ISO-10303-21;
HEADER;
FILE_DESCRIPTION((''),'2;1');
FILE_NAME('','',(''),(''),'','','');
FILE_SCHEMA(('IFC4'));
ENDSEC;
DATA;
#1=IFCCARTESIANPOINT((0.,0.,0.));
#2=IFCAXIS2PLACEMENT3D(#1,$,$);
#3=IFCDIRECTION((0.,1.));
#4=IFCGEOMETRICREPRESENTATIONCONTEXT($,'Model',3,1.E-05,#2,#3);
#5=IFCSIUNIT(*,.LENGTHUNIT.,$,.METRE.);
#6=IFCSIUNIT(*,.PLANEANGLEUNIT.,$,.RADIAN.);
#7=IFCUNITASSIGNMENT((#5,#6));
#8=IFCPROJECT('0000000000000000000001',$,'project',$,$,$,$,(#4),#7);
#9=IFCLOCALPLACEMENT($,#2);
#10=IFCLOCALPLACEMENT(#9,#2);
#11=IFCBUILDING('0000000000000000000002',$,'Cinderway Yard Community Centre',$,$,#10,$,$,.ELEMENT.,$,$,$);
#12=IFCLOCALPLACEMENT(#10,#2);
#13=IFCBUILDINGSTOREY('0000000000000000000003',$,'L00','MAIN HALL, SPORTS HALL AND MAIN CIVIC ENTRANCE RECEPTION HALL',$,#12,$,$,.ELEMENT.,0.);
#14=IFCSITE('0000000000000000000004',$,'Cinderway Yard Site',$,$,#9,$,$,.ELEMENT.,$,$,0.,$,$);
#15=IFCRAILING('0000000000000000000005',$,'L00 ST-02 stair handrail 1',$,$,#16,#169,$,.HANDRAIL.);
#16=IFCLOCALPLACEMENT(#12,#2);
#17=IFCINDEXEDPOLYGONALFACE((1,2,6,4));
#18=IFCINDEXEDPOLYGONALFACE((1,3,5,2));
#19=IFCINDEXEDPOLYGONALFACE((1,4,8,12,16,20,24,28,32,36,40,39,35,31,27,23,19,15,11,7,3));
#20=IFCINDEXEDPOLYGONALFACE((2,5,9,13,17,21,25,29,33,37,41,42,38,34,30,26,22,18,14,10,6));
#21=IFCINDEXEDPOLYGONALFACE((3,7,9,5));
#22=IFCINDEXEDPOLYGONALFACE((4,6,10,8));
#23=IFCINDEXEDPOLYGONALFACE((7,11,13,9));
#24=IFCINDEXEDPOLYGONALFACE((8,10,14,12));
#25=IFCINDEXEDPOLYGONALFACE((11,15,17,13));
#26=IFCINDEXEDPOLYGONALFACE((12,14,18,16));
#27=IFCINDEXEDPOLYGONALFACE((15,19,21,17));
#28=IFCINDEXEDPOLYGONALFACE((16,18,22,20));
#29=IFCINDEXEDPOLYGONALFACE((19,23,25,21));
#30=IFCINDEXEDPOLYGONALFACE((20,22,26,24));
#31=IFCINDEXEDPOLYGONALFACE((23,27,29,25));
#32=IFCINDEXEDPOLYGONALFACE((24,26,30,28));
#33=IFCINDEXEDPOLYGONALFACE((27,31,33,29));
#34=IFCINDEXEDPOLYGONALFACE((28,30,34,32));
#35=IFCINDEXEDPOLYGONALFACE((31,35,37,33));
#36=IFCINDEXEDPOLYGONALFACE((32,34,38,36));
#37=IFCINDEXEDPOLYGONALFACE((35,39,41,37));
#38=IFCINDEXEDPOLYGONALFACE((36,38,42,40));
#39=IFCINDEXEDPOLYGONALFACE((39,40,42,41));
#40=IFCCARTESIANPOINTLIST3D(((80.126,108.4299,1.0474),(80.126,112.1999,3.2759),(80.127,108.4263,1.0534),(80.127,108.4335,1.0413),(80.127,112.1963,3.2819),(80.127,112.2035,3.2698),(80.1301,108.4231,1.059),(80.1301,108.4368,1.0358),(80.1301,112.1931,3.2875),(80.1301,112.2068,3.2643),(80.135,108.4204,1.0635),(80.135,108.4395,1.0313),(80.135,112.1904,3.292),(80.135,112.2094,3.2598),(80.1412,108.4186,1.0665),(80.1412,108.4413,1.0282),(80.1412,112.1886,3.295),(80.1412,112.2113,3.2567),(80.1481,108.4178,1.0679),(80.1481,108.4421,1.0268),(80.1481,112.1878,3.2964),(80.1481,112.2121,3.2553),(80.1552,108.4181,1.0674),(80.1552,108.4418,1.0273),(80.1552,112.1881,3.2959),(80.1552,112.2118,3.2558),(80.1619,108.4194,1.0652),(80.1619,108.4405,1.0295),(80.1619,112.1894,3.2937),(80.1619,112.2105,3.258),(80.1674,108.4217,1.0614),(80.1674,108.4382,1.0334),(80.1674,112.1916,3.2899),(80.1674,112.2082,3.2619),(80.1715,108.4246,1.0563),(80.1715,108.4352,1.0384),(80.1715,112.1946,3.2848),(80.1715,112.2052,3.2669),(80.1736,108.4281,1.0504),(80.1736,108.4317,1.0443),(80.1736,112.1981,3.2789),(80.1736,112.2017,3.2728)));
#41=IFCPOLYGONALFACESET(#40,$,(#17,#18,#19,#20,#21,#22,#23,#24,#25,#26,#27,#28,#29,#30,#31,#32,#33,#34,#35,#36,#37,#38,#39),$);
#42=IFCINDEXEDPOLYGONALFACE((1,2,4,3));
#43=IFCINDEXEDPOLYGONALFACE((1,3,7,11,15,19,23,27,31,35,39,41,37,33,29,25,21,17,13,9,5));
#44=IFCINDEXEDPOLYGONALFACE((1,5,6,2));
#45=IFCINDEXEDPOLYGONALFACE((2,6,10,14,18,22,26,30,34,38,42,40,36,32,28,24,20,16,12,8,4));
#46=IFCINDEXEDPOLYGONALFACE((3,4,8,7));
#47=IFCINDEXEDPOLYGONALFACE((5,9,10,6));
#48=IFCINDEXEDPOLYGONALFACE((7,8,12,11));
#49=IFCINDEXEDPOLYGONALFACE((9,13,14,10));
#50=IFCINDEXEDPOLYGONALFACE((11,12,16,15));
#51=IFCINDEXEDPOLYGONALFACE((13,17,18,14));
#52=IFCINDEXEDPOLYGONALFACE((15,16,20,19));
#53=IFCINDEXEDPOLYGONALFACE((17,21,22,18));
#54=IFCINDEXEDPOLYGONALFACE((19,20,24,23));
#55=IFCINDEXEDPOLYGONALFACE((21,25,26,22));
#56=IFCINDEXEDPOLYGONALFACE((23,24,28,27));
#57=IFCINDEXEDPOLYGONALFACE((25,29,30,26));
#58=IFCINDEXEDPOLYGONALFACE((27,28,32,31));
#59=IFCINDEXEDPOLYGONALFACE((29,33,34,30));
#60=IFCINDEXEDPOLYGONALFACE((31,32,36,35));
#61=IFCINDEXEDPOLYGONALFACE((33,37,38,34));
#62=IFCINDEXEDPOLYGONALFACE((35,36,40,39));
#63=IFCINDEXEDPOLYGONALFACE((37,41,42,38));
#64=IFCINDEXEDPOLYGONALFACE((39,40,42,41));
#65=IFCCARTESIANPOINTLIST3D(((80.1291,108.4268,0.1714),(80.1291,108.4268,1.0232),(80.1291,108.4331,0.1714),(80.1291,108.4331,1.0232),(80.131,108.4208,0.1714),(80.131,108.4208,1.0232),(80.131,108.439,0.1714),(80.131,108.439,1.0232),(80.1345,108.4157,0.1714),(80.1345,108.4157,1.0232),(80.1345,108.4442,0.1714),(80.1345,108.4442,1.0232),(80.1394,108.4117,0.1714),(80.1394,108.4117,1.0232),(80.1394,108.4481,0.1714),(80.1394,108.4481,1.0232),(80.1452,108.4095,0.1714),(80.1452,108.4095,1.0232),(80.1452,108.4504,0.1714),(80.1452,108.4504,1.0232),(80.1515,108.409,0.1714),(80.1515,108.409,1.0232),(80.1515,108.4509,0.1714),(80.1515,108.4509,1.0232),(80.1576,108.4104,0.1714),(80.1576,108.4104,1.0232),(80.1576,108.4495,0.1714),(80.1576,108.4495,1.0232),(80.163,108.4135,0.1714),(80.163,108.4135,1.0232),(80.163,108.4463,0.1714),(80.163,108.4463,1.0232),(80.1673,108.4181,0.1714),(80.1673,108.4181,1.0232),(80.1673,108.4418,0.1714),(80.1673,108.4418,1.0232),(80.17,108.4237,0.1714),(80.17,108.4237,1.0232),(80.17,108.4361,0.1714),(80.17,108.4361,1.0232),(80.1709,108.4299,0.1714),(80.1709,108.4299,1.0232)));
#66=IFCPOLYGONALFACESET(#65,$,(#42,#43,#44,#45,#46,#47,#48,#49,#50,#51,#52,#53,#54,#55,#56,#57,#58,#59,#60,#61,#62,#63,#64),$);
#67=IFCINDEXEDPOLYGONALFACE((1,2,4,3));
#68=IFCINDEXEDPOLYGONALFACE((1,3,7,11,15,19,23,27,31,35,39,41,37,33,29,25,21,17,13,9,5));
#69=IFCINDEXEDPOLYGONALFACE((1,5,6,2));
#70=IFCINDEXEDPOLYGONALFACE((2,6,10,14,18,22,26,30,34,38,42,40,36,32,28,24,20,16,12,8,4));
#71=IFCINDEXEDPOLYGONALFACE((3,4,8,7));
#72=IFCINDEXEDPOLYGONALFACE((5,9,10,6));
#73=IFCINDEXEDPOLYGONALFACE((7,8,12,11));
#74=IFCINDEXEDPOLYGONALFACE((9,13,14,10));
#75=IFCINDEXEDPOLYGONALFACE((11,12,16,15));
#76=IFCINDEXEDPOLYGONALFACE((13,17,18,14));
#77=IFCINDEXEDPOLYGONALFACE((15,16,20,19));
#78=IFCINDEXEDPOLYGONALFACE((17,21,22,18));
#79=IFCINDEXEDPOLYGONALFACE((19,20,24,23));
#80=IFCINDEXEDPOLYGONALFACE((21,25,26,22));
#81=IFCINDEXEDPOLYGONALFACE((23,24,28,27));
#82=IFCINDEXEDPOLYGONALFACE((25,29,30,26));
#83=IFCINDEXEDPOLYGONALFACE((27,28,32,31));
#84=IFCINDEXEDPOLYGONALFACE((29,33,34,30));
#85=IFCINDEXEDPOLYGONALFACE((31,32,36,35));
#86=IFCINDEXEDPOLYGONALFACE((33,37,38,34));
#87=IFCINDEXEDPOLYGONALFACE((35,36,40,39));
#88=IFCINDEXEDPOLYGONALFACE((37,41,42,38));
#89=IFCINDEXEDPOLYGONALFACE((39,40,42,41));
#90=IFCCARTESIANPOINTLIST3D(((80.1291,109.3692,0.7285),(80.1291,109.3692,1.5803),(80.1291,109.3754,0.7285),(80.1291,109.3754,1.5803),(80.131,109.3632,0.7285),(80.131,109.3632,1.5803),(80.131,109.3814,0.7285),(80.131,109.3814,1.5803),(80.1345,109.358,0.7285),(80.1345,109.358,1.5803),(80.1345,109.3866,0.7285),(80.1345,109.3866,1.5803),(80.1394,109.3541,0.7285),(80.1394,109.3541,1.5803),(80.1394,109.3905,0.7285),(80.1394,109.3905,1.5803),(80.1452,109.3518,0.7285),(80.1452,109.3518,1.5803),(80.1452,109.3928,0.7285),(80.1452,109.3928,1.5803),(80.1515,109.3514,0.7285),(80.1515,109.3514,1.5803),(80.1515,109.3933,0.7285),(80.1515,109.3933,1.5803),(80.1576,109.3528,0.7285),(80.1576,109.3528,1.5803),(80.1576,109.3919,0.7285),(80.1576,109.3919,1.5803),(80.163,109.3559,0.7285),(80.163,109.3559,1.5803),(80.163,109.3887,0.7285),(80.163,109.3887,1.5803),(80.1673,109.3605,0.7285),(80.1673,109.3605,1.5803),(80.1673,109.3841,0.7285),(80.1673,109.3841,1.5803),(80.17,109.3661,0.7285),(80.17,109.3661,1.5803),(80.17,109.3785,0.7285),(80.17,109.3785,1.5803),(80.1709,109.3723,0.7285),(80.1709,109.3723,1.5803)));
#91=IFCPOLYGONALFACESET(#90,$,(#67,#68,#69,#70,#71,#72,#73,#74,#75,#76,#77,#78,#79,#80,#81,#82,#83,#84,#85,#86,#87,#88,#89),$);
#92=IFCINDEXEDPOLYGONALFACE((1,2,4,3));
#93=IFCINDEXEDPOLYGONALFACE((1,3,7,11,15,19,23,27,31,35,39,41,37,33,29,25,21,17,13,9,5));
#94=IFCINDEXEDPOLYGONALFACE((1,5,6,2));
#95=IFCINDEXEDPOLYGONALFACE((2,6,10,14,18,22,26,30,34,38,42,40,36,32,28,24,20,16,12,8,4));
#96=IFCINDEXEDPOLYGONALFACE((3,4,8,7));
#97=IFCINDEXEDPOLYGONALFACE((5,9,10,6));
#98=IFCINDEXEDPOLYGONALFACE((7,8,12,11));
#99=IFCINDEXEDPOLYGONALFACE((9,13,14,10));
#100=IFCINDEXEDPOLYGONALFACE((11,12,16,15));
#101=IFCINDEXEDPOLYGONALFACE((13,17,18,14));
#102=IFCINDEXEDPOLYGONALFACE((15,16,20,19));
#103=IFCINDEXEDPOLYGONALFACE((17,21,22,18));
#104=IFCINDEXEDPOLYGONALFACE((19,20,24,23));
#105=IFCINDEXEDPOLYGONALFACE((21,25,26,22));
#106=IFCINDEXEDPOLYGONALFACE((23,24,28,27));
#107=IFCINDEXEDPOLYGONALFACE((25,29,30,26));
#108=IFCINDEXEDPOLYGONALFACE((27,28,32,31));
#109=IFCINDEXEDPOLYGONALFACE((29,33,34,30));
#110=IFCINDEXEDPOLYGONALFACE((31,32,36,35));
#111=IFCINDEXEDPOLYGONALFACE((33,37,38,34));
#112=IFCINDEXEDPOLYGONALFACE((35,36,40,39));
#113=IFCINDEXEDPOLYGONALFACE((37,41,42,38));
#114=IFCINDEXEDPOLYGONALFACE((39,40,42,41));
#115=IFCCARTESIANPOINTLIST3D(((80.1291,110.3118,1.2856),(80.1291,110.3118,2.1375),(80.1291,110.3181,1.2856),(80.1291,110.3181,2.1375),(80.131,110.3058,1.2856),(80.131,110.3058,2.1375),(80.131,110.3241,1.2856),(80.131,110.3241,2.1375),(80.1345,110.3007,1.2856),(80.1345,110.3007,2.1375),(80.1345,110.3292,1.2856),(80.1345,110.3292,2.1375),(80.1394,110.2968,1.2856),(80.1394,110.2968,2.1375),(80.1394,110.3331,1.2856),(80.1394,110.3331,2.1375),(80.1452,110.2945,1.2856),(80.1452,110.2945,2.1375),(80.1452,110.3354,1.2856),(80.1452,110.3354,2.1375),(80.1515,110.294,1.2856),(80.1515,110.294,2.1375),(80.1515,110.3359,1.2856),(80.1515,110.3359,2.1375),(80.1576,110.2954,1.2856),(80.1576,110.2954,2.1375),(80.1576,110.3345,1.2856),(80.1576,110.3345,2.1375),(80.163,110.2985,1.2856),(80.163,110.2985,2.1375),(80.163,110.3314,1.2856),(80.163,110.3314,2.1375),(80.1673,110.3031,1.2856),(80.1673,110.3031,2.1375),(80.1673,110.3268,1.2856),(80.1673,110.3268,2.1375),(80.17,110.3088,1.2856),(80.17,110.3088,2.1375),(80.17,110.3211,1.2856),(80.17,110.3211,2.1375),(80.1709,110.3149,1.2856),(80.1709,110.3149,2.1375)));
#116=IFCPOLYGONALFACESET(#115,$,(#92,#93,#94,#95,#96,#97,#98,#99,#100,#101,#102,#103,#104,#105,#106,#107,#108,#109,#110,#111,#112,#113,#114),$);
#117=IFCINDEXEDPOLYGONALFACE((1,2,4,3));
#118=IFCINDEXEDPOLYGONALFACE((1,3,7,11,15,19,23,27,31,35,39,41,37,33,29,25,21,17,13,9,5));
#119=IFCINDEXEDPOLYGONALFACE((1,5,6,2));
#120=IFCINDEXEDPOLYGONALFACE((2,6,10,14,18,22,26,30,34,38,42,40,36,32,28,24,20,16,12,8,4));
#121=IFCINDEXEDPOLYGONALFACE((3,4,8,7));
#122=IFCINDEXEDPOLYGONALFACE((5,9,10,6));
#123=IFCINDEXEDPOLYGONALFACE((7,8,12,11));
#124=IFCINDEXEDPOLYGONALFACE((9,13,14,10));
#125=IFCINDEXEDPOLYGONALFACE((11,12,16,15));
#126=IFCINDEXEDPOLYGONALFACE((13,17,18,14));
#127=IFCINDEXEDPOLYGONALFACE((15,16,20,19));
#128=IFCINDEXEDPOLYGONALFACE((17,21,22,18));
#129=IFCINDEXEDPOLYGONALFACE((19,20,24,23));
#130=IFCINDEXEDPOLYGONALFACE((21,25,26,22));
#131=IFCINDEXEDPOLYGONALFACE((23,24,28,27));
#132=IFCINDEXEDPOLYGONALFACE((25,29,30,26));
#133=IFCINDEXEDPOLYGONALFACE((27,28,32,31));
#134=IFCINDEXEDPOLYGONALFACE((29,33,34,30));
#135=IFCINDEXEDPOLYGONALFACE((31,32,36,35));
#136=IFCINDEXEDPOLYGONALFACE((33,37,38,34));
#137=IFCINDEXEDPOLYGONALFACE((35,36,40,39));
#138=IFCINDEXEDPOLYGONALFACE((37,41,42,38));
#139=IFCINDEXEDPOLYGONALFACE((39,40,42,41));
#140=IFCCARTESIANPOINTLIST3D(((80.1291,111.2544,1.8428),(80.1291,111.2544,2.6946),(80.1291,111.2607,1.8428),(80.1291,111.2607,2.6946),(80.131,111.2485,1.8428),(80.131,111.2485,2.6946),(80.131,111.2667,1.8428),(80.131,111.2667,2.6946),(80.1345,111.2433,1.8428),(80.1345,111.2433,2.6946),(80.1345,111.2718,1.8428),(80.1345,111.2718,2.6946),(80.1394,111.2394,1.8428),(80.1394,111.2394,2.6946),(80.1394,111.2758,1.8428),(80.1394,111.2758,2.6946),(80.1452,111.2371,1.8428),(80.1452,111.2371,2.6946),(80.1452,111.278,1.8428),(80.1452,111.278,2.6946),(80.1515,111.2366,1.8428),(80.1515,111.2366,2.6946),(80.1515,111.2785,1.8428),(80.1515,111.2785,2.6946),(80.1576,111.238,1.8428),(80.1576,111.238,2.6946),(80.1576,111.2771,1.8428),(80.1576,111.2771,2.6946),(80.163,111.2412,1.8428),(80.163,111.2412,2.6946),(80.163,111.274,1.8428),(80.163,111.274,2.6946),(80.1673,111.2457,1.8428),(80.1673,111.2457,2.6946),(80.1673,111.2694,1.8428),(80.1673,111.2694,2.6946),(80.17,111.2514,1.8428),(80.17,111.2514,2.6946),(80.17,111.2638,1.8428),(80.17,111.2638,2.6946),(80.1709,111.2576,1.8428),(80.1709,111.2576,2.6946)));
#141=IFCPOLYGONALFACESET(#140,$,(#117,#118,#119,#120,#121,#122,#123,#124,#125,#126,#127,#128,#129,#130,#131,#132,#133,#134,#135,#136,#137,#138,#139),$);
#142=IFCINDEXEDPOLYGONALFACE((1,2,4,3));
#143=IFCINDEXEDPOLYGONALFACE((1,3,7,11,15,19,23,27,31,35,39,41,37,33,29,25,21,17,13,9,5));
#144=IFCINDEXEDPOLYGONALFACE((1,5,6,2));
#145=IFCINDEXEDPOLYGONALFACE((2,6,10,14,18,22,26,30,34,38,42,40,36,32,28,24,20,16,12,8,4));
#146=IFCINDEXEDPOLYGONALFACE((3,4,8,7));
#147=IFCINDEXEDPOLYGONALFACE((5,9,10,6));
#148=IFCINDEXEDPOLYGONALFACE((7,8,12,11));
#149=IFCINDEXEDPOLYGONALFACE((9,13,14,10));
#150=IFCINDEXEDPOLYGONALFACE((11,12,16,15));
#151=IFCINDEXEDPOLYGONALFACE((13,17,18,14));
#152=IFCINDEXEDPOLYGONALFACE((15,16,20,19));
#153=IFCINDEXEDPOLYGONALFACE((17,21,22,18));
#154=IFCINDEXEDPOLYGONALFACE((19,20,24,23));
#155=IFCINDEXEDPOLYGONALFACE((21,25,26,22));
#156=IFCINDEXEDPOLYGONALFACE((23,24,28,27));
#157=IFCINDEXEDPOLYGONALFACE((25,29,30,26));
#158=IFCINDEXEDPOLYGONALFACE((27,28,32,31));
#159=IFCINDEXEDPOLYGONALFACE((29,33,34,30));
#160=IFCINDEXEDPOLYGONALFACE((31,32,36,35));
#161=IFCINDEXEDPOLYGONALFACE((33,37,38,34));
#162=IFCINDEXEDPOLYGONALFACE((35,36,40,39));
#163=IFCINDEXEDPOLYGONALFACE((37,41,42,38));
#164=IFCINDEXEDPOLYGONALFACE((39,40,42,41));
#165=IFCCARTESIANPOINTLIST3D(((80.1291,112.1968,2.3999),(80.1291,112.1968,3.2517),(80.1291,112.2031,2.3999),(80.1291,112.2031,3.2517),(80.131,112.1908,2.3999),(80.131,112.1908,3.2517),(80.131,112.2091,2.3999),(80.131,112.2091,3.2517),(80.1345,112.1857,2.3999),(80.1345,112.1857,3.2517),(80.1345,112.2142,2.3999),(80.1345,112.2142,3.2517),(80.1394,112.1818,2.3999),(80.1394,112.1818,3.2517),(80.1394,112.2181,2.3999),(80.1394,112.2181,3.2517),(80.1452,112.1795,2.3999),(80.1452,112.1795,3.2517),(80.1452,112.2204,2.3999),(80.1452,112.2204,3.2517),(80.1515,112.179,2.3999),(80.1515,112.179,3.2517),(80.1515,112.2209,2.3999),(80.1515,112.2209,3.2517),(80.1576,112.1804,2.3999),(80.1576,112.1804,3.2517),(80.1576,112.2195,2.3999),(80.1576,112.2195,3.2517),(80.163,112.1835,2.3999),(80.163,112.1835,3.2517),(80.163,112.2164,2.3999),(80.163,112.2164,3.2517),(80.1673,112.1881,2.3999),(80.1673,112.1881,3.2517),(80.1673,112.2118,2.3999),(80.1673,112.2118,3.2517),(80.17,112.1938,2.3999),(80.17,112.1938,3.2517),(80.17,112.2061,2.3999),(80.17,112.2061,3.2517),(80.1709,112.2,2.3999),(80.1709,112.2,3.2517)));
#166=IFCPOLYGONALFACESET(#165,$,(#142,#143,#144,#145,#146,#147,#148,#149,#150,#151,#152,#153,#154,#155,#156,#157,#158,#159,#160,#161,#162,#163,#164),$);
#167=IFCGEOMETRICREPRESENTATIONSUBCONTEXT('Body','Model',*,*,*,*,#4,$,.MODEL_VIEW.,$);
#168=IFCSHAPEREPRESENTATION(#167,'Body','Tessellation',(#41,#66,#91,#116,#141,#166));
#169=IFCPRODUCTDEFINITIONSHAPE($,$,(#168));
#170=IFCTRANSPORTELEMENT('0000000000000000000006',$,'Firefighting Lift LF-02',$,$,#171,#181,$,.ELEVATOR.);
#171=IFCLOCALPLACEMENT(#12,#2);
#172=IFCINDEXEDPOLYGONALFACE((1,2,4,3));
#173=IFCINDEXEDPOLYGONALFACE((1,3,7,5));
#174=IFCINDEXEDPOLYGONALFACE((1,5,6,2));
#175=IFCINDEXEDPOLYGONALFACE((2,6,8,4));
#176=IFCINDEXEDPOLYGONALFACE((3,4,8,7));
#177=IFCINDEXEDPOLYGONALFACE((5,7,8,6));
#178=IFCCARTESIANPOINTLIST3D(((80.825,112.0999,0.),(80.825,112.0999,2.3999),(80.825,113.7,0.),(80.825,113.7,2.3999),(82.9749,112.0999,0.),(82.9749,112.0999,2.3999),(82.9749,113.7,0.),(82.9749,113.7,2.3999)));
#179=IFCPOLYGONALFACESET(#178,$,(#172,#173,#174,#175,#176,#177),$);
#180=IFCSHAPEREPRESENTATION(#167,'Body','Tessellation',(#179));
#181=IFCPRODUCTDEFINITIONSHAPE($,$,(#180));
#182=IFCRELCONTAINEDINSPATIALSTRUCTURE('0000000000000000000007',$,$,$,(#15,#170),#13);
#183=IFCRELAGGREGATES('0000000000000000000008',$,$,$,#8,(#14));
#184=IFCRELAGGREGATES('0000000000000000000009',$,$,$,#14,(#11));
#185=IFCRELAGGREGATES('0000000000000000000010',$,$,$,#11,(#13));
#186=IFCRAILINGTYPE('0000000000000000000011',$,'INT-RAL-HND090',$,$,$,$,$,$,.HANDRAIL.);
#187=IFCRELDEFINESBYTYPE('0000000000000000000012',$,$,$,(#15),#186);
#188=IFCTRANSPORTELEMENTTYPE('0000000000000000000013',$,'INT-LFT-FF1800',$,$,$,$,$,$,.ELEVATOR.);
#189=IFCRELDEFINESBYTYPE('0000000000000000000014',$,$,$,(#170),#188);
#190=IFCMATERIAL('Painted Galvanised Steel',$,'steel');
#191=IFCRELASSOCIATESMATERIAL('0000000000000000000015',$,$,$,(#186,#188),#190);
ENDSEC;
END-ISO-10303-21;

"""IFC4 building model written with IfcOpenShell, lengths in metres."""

from ifc_helpers import new_model, si_unit, direction, frame, origin, origin_2d, place, context, subcontext, project, spatial, rectangle, circle, extrude, material, type_object, element, save


model = new_model("IFC4")

# Units and contexts
model_context = context("Model", 3, precision=1e-05, world=origin(), true_north=direction((0.0, 1.0)))
body_context = subcontext(model_context, "Body", "Model", "MODEL_VIEW")
ifc_project = project(units=[si_unit("LENGTHUNIT", "METRE"), si_unit("PLANEANGLEUNIT", "RADIAN")], contexts=[model_context])

# Site, building, storey
site_placement = place(None, origin())
site = spatial("IfcSite", under=ifc_project, at=site_placement, Name="Cinderway Yard Site", CompositionType="ELEMENT", RefElevation=0.0)
building_placement = place(site_placement, origin())
building = spatial("IfcBuilding", under=site, at=building_placement, Name="Cinderway Yard Community Centre", CompositionType="ELEMENT")
storey_placement = place(building_placement, origin())
storey = spatial("IfcBuildingStorey", under=building, at=storey_placement, Name="L00", Description="MAIN HALL, SPORTS HALL AND MAIN CIVIC ENTRANCE RECEPTION HALL", CompositionType="ELEMENT", Elevation=0.0)

# Shared definitions
ifc_material_1 = material(Name="Painted Galvanised Steel", Category="steel")

# Railing
railing_type = type_object("IfcRailingType", Name="INT-RAL-HND090", PredefinedType="HANDRAIL", material=ifc_material_1)
railing_placement = place(storey_placement, frame((80.1499, 108.4299, 0.1714)))
element("IfcRailing", 1, at=railing_placement, inside=storey, type_object=railing_type, Name="L00 ST-02 stair handrail 1", PredefinedType="HANDRAIL", context=body_context, shape_type="SweptSolid", body=[
    extrude(circle(Radius=0.0239, at=origin_2d()), frame((0.0, 0.0, 0.876), z_axis=(0.0, 0.860849, 0.508861), x_axis=(-1.0, 0.0, 0.0)), (0.0, 0.0, 1.0), 4.3794),
    extrude(circle(Radius=0.021, at=origin_2d()), origin(), (0.0, 0.0, 1.0), 0.8518),
    extrude(circle(Radius=0.021, at=origin_2d()), frame((0.0, 0.9424, 0.5571)), (0.0, 0.0, 1.0), 0.8518),
    extrude(circle(Radius=0.021, at=origin_2d()), frame((0.0, 1.885, 1.1143)), (0.0, 0.0, 1.0), 0.8518),
    extrude(circle(Radius=0.021, at=origin_2d()), frame((0.0, 2.8276, 1.6714)), (0.0, 0.0, 1.0), 0.8518),
    extrude(circle(Radius=0.021, at=origin_2d()), frame((0.0, 3.77, 2.2285)), (0.0, 0.0, 1.0), 0.8518),
])

# Transport element
transport_element_type = type_object("IfcTransportElementType", Name="INT-LFT-FF1800", PredefinedType="ELEVATOR", material=ifc_material_1)
transport_element_placement = place(storey_placement, frame((81.8999, 112.8999, 0.0), z_axis=(0.0, 0.0, 1.0), x_axis=(1.0, 0.0, 0.0)))
element("IfcTransportElement", 2, at=transport_element_placement, inside=storey, type_object=transport_element_type, Name="Firefighting Lift LF-02", PredefinedType="ELEVATOR", context=body_context, shape_type="SweptSolid", body=[
    extrude(rectangle(XDim=2.1499, YDim=1.6001, at=origin_2d()), origin(), (0.0, 0.0, 1.0), 2.3999),
])

save(model, "model.ifc")
